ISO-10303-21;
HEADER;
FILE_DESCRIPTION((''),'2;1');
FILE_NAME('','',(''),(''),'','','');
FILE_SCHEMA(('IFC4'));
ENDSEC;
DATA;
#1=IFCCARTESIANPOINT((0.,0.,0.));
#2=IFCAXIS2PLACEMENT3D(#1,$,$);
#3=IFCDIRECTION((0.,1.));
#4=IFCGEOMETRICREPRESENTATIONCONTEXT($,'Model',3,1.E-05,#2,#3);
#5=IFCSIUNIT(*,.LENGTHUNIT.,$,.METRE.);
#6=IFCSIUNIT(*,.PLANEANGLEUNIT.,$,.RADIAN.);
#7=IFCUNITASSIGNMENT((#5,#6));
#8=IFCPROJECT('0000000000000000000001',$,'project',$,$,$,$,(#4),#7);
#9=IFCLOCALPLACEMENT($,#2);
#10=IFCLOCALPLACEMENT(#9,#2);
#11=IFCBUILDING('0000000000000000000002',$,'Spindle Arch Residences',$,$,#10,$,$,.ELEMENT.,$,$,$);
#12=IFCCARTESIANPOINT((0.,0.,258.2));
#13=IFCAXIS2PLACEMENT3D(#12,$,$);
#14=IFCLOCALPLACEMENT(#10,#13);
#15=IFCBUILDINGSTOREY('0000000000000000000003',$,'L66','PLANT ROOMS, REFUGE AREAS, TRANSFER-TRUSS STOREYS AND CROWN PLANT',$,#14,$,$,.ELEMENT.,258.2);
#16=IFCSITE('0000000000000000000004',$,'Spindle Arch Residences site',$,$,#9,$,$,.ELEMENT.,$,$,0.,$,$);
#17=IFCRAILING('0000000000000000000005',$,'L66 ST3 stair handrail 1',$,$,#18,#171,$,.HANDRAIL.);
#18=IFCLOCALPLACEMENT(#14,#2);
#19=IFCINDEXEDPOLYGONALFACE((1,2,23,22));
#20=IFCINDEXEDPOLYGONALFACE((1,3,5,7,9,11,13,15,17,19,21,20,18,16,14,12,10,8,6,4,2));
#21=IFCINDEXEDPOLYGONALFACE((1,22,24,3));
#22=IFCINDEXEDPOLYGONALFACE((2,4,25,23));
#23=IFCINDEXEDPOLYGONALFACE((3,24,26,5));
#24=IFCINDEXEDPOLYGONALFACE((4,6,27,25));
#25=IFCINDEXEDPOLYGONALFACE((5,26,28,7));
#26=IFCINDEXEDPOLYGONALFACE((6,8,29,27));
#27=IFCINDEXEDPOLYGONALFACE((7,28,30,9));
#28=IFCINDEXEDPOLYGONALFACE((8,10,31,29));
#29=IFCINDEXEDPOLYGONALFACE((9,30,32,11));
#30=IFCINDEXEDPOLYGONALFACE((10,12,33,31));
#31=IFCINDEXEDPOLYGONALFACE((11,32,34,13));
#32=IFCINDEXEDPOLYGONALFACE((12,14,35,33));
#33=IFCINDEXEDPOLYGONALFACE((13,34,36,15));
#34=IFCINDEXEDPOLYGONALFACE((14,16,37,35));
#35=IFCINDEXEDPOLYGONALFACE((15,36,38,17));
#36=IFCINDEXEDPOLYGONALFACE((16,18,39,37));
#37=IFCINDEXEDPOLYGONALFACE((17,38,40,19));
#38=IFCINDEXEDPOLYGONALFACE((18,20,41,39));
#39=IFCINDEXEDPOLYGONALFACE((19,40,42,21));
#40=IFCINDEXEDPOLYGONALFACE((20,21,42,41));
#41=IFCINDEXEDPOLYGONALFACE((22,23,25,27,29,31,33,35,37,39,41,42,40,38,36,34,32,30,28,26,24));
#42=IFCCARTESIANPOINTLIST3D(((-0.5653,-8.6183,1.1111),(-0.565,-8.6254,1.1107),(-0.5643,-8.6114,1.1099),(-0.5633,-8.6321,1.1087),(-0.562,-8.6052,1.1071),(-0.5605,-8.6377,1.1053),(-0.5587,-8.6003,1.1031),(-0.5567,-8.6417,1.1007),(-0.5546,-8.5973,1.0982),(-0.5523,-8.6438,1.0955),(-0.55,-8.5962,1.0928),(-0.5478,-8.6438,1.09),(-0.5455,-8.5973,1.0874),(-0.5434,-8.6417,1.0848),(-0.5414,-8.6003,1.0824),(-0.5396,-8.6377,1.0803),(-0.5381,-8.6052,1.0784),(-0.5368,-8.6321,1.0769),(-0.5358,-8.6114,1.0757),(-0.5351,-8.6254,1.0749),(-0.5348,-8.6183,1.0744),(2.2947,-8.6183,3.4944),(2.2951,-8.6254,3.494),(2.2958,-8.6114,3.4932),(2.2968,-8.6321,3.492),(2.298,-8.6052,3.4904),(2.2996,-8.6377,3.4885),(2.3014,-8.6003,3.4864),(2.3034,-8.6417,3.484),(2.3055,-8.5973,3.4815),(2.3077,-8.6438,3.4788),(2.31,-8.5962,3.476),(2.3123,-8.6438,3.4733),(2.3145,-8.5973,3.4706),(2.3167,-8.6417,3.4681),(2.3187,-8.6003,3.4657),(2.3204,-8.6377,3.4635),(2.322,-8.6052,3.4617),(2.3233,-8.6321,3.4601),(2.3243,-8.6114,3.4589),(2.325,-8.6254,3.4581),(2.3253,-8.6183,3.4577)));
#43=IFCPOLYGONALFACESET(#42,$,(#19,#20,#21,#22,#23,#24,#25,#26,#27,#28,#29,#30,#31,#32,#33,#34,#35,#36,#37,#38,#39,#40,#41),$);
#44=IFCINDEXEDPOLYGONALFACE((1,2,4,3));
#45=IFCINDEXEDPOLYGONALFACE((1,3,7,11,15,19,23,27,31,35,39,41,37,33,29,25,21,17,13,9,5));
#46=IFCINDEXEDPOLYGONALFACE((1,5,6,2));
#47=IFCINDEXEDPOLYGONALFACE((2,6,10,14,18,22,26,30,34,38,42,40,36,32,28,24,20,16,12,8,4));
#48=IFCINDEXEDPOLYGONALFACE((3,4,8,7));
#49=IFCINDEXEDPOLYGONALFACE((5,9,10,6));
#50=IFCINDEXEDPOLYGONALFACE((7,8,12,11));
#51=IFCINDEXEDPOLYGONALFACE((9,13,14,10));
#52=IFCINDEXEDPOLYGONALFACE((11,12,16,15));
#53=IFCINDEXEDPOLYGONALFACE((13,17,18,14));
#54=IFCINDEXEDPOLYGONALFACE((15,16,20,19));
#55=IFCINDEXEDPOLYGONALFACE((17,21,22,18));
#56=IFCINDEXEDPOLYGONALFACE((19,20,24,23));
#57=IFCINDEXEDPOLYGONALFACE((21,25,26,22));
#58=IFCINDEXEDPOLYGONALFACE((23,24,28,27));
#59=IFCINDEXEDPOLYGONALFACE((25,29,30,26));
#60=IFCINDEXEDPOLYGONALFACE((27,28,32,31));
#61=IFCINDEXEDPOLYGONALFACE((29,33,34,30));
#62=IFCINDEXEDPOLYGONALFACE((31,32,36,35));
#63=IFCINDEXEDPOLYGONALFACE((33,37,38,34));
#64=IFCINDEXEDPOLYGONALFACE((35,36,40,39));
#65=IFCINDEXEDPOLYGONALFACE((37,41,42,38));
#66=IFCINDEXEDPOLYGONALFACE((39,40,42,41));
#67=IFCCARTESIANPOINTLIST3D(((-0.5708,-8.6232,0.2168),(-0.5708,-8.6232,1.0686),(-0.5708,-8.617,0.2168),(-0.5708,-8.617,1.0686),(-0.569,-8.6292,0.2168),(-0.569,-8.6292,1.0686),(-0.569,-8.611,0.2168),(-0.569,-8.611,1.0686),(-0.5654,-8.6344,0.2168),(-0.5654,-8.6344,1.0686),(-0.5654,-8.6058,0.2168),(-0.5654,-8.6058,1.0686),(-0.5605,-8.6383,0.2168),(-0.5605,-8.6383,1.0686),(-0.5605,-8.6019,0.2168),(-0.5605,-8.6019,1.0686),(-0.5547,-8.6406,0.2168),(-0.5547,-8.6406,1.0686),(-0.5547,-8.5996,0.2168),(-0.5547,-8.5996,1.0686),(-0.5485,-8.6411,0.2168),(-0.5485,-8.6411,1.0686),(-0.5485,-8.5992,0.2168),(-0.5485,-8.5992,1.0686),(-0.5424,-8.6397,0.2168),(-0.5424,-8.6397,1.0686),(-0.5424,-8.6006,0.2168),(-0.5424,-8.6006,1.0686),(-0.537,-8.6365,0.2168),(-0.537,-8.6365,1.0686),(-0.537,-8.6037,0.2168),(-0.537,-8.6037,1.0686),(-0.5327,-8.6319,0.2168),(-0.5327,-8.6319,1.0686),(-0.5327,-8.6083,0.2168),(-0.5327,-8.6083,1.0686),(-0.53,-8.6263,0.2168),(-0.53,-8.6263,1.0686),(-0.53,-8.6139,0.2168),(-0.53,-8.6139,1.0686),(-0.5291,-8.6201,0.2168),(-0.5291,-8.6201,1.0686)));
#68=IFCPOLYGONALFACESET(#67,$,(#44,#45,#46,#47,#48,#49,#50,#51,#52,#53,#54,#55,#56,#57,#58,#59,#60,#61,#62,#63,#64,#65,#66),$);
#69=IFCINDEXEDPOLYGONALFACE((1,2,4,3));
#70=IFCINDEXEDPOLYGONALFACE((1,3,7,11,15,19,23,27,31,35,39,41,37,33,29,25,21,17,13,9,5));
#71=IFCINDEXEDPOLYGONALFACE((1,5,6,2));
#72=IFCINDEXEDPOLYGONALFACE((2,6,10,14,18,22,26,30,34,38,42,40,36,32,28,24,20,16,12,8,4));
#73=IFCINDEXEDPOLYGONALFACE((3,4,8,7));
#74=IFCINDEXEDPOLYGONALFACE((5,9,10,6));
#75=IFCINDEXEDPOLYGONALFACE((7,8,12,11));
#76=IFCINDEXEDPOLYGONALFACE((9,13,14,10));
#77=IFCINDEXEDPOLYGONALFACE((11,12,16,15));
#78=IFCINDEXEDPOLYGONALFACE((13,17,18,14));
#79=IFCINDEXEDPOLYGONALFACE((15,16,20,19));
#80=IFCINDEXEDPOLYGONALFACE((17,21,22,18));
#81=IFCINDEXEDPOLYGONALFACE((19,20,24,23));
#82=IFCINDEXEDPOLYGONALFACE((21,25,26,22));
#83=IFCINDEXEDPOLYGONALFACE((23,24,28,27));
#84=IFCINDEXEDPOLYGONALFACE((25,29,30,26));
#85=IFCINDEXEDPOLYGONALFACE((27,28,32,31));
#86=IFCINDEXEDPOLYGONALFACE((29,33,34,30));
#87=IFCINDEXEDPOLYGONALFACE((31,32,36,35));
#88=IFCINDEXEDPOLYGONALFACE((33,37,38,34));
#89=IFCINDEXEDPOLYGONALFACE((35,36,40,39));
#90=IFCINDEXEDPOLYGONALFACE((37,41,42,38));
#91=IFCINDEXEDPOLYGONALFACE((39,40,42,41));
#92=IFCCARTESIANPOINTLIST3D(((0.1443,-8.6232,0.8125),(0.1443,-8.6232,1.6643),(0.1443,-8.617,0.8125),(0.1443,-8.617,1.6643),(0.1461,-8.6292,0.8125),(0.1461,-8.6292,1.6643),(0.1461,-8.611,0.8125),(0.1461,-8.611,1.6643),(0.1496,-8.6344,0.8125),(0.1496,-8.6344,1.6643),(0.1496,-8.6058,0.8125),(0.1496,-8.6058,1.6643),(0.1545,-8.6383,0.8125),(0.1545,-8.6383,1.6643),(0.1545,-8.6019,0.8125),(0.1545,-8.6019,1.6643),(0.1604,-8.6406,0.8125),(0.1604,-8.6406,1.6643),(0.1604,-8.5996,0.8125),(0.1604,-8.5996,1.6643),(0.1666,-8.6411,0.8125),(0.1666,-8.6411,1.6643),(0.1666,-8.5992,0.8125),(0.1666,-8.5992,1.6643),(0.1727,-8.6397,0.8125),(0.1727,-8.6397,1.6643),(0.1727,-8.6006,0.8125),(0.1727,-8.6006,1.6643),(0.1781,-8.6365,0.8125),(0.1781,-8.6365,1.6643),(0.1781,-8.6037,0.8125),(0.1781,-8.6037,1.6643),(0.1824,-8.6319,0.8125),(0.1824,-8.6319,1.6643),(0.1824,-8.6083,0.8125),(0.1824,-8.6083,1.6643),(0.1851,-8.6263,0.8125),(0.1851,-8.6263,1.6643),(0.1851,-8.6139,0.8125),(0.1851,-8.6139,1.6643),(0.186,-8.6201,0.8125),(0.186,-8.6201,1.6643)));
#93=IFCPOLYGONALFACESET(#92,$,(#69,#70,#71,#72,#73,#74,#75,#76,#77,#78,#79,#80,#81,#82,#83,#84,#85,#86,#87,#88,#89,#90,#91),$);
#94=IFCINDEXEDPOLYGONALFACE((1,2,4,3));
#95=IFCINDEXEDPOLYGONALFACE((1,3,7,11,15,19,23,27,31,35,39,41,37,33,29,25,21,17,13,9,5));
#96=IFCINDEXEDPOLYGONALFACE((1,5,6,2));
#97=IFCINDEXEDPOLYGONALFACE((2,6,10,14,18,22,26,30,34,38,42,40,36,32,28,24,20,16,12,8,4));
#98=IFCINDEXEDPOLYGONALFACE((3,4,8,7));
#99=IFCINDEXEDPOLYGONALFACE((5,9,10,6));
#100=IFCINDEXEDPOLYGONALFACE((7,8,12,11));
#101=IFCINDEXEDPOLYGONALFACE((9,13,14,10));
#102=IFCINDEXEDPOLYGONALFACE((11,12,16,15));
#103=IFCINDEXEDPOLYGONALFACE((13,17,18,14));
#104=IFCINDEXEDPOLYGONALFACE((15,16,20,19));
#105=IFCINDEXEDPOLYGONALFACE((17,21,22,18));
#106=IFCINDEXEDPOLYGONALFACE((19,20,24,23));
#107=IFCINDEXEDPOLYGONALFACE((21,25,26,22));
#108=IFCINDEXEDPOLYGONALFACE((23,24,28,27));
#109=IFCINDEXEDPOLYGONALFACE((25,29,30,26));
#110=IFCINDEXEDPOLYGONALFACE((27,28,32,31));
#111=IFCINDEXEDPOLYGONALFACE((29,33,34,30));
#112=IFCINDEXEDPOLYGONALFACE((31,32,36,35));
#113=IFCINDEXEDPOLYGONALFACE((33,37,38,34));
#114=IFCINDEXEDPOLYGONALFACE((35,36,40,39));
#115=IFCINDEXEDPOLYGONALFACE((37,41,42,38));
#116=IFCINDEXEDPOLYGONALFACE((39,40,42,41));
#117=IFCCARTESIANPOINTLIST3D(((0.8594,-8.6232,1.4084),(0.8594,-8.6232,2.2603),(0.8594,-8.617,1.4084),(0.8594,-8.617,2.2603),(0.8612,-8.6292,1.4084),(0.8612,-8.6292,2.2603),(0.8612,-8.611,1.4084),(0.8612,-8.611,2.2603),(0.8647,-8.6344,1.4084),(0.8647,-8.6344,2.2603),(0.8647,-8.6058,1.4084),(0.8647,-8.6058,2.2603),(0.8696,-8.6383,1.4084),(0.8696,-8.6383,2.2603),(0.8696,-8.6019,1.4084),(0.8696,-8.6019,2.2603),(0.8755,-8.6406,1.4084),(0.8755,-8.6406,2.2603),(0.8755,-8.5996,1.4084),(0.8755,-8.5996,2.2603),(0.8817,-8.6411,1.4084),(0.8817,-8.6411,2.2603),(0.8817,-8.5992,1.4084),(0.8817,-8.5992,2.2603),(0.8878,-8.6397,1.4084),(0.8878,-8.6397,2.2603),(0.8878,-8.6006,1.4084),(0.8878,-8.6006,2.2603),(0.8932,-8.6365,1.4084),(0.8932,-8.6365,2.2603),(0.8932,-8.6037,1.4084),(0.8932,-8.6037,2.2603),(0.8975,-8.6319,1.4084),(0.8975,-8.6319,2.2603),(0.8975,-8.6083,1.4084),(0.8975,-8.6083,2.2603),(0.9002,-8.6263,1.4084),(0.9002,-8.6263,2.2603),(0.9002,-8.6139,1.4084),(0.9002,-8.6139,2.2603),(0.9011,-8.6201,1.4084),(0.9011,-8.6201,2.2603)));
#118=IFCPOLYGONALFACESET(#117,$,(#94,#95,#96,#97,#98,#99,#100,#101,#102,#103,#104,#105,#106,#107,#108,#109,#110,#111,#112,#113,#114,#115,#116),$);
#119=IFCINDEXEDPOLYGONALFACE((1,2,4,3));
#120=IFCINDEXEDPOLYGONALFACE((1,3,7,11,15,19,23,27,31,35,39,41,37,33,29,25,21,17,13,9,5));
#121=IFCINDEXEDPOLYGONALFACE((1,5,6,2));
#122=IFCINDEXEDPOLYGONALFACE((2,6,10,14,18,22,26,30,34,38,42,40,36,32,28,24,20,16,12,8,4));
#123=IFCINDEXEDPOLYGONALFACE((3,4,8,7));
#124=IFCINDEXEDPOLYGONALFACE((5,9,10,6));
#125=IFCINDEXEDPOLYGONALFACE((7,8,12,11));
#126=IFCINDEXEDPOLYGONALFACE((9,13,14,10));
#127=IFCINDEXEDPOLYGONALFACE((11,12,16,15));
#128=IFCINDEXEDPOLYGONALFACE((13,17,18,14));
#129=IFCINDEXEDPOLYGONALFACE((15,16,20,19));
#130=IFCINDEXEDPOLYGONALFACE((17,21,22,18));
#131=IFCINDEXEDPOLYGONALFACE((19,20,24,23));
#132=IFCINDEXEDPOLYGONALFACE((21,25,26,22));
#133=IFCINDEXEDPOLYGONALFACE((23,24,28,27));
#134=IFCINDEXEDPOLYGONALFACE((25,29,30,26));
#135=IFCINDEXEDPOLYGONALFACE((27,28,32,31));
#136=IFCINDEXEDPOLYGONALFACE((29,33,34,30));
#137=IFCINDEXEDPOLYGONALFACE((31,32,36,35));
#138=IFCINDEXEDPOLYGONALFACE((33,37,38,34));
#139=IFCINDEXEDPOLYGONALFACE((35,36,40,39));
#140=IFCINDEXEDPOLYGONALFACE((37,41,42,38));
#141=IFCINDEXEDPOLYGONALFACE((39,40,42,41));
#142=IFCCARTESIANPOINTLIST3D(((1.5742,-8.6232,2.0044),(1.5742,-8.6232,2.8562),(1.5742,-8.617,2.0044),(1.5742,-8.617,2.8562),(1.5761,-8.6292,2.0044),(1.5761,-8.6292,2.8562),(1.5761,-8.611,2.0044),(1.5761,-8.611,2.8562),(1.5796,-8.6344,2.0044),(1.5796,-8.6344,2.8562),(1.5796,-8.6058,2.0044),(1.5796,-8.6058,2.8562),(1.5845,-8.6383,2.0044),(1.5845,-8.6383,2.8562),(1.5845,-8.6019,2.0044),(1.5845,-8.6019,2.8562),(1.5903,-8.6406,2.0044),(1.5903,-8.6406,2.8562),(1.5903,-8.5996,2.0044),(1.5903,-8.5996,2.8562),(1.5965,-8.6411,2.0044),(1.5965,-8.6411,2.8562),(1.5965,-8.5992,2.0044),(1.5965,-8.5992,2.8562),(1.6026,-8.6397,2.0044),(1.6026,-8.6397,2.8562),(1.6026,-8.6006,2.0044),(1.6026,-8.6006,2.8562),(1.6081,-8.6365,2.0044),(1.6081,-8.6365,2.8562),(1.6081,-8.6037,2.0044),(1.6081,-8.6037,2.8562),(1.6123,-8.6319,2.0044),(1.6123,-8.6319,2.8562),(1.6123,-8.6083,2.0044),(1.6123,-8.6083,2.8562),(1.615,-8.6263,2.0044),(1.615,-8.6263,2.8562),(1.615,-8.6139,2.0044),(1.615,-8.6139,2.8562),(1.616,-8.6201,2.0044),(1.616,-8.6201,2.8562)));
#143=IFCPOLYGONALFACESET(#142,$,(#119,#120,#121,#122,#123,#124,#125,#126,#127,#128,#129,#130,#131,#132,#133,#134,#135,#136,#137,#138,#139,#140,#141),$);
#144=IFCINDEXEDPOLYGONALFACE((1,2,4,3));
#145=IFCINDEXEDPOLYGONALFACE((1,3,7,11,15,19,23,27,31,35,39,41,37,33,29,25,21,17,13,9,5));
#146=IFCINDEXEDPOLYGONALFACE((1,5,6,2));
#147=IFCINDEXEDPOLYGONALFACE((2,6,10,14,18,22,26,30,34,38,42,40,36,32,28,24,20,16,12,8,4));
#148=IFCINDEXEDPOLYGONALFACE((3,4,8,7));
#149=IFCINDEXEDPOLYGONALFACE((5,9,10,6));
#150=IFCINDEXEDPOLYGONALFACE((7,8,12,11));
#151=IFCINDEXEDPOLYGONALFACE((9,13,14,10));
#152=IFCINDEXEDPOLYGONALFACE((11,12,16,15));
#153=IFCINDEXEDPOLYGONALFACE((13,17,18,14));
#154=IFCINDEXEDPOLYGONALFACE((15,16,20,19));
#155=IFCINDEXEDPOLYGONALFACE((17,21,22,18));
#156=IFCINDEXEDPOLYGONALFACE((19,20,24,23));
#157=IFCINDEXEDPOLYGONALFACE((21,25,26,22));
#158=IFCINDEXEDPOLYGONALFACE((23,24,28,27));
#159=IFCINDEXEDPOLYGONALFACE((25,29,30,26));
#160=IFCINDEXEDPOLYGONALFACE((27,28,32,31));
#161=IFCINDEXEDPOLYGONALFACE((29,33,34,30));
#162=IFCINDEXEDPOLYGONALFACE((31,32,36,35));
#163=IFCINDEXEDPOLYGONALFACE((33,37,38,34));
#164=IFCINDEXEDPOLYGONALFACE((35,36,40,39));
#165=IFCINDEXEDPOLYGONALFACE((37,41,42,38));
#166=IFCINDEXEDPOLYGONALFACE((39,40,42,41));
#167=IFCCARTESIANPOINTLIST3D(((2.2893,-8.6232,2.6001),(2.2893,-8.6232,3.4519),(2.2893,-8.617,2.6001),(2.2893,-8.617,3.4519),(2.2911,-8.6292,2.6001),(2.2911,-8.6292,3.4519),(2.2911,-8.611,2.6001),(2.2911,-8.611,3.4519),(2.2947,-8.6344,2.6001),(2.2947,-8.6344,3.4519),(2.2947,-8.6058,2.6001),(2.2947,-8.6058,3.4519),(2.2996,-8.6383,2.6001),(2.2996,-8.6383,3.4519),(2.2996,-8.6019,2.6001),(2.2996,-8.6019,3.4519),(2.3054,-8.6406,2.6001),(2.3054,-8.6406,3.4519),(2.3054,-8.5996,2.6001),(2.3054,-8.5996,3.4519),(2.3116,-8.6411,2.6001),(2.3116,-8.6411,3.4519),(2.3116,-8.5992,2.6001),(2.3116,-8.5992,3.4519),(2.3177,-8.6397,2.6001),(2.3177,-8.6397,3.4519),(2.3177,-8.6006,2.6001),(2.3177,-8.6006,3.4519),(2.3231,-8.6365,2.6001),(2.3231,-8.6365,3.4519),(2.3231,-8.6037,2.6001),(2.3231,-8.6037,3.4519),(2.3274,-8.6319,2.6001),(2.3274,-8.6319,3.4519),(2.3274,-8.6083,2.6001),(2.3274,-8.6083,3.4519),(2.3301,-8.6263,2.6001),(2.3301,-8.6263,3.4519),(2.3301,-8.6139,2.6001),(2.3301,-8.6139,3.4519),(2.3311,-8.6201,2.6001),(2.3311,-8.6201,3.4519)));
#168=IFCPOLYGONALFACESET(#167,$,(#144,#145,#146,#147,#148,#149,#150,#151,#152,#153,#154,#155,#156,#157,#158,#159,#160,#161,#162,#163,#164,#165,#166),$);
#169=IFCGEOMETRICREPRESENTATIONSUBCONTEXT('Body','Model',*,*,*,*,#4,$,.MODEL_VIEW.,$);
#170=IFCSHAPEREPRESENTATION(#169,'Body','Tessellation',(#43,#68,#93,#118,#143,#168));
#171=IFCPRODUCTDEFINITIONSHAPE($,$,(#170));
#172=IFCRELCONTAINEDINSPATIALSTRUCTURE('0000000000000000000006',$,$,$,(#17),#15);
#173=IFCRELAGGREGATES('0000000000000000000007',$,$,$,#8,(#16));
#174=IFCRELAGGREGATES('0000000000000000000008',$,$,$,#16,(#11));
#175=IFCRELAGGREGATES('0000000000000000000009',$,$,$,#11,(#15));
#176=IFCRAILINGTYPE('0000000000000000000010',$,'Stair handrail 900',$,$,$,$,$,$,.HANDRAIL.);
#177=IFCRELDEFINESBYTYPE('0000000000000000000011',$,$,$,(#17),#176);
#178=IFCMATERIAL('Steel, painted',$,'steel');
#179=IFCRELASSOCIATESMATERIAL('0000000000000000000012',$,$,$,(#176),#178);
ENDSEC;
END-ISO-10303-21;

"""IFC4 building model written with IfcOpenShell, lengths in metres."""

from ifc_helpers import new_model, si_unit, direction, frame, origin, origin_2d, place, context, subcontext, project, spatial, circle, extrude, material, type_object, element, save


model = new_model("IFC4")

# Units and contexts
model_context = context("Model", 3, precision=1e-05, world=origin(), true_north=direction((0.0, 1.0)))
body_context = subcontext(model_context, "Body", "Model", "MODEL_VIEW")
ifc_project = project(units=[si_unit("LENGTHUNIT", "METRE"), si_unit("PLANEANGLEUNIT", "RADIAN")], contexts=[model_context])

# Site, building, storey
site_placement = place(None, origin())
site = spatial("IfcSite", under=ifc_project, at=site_placement, Name="Spindle Arch Residences site", CompositionType="ELEMENT", RefElevation=0.0)
building_placement = place(site_placement, origin())
building = spatial("IfcBuilding", under=site, at=building_placement, Name="Spindle Arch Residences", CompositionType="ELEMENT")
storey_placement = place(building_placement, frame((0.0, 0.0, 258.2)))
storey = spatial("IfcBuildingStorey", under=building, at=storey_placement, Name="L66", Description="PLANT ROOMS, REFUGE AREAS, TRANSFER-TRUSS STOREYS AND CROWN PLANT", CompositionType="ELEMENT", Elevation=258.2)

# Railing
ifc_material_1 = material(Name="Steel, painted", Category="steel")
railing_type_1 = type_object("IfcRailingType", Name="Stair handrail 900", PredefinedType="HANDRAIL", material=ifc_material_1)
railing_1_placement = place(storey_placement, frame((-0.55, -8.6201, 0.2168)))
element("IfcRailing", 1, at=railing_1_placement, inside=storey, type_object=railing_type_1, Name="L66 ST3 stair handrail 1", PredefinedType="HANDRAIL", context=body_context, shape_type="SweptSolid", body=[
    extrude(circle(Radius=0.0239, at=origin_2d()), frame((0.0, 0.0, 0.876), z_axis=(0.768237, 0.0, 0.640165), x_axis=(0.0, 1.0, 0.0)), (0.0, 0.0, 1.0), 3.7229),
    extrude(circle(Radius=0.021, at=origin_2d()), origin(), (0.0, 0.0, 1.0), 0.8518),
    extrude(circle(Radius=0.021, at=origin_2d()), frame((0.7151, 0.0, 0.5957)), (0.0, 0.0, 1.0), 0.8518),
    extrude(circle(Radius=0.021, at=origin_2d()), frame((1.4302, 0.0, 1.1917)), (0.0, 0.0, 1.0), 0.8518),
    extrude(circle(Radius=0.021, at=origin_2d()), frame((2.145, 0.0, 1.7876)), (0.0, 0.0, 1.0), 0.8518),
    extrude(circle(Radius=0.021, at=origin_2d()), frame((2.8601, 0.0, 2.3833)), (0.0, 0.0, 1.0), 0.8518),
])

save(model, "model.ifc")
